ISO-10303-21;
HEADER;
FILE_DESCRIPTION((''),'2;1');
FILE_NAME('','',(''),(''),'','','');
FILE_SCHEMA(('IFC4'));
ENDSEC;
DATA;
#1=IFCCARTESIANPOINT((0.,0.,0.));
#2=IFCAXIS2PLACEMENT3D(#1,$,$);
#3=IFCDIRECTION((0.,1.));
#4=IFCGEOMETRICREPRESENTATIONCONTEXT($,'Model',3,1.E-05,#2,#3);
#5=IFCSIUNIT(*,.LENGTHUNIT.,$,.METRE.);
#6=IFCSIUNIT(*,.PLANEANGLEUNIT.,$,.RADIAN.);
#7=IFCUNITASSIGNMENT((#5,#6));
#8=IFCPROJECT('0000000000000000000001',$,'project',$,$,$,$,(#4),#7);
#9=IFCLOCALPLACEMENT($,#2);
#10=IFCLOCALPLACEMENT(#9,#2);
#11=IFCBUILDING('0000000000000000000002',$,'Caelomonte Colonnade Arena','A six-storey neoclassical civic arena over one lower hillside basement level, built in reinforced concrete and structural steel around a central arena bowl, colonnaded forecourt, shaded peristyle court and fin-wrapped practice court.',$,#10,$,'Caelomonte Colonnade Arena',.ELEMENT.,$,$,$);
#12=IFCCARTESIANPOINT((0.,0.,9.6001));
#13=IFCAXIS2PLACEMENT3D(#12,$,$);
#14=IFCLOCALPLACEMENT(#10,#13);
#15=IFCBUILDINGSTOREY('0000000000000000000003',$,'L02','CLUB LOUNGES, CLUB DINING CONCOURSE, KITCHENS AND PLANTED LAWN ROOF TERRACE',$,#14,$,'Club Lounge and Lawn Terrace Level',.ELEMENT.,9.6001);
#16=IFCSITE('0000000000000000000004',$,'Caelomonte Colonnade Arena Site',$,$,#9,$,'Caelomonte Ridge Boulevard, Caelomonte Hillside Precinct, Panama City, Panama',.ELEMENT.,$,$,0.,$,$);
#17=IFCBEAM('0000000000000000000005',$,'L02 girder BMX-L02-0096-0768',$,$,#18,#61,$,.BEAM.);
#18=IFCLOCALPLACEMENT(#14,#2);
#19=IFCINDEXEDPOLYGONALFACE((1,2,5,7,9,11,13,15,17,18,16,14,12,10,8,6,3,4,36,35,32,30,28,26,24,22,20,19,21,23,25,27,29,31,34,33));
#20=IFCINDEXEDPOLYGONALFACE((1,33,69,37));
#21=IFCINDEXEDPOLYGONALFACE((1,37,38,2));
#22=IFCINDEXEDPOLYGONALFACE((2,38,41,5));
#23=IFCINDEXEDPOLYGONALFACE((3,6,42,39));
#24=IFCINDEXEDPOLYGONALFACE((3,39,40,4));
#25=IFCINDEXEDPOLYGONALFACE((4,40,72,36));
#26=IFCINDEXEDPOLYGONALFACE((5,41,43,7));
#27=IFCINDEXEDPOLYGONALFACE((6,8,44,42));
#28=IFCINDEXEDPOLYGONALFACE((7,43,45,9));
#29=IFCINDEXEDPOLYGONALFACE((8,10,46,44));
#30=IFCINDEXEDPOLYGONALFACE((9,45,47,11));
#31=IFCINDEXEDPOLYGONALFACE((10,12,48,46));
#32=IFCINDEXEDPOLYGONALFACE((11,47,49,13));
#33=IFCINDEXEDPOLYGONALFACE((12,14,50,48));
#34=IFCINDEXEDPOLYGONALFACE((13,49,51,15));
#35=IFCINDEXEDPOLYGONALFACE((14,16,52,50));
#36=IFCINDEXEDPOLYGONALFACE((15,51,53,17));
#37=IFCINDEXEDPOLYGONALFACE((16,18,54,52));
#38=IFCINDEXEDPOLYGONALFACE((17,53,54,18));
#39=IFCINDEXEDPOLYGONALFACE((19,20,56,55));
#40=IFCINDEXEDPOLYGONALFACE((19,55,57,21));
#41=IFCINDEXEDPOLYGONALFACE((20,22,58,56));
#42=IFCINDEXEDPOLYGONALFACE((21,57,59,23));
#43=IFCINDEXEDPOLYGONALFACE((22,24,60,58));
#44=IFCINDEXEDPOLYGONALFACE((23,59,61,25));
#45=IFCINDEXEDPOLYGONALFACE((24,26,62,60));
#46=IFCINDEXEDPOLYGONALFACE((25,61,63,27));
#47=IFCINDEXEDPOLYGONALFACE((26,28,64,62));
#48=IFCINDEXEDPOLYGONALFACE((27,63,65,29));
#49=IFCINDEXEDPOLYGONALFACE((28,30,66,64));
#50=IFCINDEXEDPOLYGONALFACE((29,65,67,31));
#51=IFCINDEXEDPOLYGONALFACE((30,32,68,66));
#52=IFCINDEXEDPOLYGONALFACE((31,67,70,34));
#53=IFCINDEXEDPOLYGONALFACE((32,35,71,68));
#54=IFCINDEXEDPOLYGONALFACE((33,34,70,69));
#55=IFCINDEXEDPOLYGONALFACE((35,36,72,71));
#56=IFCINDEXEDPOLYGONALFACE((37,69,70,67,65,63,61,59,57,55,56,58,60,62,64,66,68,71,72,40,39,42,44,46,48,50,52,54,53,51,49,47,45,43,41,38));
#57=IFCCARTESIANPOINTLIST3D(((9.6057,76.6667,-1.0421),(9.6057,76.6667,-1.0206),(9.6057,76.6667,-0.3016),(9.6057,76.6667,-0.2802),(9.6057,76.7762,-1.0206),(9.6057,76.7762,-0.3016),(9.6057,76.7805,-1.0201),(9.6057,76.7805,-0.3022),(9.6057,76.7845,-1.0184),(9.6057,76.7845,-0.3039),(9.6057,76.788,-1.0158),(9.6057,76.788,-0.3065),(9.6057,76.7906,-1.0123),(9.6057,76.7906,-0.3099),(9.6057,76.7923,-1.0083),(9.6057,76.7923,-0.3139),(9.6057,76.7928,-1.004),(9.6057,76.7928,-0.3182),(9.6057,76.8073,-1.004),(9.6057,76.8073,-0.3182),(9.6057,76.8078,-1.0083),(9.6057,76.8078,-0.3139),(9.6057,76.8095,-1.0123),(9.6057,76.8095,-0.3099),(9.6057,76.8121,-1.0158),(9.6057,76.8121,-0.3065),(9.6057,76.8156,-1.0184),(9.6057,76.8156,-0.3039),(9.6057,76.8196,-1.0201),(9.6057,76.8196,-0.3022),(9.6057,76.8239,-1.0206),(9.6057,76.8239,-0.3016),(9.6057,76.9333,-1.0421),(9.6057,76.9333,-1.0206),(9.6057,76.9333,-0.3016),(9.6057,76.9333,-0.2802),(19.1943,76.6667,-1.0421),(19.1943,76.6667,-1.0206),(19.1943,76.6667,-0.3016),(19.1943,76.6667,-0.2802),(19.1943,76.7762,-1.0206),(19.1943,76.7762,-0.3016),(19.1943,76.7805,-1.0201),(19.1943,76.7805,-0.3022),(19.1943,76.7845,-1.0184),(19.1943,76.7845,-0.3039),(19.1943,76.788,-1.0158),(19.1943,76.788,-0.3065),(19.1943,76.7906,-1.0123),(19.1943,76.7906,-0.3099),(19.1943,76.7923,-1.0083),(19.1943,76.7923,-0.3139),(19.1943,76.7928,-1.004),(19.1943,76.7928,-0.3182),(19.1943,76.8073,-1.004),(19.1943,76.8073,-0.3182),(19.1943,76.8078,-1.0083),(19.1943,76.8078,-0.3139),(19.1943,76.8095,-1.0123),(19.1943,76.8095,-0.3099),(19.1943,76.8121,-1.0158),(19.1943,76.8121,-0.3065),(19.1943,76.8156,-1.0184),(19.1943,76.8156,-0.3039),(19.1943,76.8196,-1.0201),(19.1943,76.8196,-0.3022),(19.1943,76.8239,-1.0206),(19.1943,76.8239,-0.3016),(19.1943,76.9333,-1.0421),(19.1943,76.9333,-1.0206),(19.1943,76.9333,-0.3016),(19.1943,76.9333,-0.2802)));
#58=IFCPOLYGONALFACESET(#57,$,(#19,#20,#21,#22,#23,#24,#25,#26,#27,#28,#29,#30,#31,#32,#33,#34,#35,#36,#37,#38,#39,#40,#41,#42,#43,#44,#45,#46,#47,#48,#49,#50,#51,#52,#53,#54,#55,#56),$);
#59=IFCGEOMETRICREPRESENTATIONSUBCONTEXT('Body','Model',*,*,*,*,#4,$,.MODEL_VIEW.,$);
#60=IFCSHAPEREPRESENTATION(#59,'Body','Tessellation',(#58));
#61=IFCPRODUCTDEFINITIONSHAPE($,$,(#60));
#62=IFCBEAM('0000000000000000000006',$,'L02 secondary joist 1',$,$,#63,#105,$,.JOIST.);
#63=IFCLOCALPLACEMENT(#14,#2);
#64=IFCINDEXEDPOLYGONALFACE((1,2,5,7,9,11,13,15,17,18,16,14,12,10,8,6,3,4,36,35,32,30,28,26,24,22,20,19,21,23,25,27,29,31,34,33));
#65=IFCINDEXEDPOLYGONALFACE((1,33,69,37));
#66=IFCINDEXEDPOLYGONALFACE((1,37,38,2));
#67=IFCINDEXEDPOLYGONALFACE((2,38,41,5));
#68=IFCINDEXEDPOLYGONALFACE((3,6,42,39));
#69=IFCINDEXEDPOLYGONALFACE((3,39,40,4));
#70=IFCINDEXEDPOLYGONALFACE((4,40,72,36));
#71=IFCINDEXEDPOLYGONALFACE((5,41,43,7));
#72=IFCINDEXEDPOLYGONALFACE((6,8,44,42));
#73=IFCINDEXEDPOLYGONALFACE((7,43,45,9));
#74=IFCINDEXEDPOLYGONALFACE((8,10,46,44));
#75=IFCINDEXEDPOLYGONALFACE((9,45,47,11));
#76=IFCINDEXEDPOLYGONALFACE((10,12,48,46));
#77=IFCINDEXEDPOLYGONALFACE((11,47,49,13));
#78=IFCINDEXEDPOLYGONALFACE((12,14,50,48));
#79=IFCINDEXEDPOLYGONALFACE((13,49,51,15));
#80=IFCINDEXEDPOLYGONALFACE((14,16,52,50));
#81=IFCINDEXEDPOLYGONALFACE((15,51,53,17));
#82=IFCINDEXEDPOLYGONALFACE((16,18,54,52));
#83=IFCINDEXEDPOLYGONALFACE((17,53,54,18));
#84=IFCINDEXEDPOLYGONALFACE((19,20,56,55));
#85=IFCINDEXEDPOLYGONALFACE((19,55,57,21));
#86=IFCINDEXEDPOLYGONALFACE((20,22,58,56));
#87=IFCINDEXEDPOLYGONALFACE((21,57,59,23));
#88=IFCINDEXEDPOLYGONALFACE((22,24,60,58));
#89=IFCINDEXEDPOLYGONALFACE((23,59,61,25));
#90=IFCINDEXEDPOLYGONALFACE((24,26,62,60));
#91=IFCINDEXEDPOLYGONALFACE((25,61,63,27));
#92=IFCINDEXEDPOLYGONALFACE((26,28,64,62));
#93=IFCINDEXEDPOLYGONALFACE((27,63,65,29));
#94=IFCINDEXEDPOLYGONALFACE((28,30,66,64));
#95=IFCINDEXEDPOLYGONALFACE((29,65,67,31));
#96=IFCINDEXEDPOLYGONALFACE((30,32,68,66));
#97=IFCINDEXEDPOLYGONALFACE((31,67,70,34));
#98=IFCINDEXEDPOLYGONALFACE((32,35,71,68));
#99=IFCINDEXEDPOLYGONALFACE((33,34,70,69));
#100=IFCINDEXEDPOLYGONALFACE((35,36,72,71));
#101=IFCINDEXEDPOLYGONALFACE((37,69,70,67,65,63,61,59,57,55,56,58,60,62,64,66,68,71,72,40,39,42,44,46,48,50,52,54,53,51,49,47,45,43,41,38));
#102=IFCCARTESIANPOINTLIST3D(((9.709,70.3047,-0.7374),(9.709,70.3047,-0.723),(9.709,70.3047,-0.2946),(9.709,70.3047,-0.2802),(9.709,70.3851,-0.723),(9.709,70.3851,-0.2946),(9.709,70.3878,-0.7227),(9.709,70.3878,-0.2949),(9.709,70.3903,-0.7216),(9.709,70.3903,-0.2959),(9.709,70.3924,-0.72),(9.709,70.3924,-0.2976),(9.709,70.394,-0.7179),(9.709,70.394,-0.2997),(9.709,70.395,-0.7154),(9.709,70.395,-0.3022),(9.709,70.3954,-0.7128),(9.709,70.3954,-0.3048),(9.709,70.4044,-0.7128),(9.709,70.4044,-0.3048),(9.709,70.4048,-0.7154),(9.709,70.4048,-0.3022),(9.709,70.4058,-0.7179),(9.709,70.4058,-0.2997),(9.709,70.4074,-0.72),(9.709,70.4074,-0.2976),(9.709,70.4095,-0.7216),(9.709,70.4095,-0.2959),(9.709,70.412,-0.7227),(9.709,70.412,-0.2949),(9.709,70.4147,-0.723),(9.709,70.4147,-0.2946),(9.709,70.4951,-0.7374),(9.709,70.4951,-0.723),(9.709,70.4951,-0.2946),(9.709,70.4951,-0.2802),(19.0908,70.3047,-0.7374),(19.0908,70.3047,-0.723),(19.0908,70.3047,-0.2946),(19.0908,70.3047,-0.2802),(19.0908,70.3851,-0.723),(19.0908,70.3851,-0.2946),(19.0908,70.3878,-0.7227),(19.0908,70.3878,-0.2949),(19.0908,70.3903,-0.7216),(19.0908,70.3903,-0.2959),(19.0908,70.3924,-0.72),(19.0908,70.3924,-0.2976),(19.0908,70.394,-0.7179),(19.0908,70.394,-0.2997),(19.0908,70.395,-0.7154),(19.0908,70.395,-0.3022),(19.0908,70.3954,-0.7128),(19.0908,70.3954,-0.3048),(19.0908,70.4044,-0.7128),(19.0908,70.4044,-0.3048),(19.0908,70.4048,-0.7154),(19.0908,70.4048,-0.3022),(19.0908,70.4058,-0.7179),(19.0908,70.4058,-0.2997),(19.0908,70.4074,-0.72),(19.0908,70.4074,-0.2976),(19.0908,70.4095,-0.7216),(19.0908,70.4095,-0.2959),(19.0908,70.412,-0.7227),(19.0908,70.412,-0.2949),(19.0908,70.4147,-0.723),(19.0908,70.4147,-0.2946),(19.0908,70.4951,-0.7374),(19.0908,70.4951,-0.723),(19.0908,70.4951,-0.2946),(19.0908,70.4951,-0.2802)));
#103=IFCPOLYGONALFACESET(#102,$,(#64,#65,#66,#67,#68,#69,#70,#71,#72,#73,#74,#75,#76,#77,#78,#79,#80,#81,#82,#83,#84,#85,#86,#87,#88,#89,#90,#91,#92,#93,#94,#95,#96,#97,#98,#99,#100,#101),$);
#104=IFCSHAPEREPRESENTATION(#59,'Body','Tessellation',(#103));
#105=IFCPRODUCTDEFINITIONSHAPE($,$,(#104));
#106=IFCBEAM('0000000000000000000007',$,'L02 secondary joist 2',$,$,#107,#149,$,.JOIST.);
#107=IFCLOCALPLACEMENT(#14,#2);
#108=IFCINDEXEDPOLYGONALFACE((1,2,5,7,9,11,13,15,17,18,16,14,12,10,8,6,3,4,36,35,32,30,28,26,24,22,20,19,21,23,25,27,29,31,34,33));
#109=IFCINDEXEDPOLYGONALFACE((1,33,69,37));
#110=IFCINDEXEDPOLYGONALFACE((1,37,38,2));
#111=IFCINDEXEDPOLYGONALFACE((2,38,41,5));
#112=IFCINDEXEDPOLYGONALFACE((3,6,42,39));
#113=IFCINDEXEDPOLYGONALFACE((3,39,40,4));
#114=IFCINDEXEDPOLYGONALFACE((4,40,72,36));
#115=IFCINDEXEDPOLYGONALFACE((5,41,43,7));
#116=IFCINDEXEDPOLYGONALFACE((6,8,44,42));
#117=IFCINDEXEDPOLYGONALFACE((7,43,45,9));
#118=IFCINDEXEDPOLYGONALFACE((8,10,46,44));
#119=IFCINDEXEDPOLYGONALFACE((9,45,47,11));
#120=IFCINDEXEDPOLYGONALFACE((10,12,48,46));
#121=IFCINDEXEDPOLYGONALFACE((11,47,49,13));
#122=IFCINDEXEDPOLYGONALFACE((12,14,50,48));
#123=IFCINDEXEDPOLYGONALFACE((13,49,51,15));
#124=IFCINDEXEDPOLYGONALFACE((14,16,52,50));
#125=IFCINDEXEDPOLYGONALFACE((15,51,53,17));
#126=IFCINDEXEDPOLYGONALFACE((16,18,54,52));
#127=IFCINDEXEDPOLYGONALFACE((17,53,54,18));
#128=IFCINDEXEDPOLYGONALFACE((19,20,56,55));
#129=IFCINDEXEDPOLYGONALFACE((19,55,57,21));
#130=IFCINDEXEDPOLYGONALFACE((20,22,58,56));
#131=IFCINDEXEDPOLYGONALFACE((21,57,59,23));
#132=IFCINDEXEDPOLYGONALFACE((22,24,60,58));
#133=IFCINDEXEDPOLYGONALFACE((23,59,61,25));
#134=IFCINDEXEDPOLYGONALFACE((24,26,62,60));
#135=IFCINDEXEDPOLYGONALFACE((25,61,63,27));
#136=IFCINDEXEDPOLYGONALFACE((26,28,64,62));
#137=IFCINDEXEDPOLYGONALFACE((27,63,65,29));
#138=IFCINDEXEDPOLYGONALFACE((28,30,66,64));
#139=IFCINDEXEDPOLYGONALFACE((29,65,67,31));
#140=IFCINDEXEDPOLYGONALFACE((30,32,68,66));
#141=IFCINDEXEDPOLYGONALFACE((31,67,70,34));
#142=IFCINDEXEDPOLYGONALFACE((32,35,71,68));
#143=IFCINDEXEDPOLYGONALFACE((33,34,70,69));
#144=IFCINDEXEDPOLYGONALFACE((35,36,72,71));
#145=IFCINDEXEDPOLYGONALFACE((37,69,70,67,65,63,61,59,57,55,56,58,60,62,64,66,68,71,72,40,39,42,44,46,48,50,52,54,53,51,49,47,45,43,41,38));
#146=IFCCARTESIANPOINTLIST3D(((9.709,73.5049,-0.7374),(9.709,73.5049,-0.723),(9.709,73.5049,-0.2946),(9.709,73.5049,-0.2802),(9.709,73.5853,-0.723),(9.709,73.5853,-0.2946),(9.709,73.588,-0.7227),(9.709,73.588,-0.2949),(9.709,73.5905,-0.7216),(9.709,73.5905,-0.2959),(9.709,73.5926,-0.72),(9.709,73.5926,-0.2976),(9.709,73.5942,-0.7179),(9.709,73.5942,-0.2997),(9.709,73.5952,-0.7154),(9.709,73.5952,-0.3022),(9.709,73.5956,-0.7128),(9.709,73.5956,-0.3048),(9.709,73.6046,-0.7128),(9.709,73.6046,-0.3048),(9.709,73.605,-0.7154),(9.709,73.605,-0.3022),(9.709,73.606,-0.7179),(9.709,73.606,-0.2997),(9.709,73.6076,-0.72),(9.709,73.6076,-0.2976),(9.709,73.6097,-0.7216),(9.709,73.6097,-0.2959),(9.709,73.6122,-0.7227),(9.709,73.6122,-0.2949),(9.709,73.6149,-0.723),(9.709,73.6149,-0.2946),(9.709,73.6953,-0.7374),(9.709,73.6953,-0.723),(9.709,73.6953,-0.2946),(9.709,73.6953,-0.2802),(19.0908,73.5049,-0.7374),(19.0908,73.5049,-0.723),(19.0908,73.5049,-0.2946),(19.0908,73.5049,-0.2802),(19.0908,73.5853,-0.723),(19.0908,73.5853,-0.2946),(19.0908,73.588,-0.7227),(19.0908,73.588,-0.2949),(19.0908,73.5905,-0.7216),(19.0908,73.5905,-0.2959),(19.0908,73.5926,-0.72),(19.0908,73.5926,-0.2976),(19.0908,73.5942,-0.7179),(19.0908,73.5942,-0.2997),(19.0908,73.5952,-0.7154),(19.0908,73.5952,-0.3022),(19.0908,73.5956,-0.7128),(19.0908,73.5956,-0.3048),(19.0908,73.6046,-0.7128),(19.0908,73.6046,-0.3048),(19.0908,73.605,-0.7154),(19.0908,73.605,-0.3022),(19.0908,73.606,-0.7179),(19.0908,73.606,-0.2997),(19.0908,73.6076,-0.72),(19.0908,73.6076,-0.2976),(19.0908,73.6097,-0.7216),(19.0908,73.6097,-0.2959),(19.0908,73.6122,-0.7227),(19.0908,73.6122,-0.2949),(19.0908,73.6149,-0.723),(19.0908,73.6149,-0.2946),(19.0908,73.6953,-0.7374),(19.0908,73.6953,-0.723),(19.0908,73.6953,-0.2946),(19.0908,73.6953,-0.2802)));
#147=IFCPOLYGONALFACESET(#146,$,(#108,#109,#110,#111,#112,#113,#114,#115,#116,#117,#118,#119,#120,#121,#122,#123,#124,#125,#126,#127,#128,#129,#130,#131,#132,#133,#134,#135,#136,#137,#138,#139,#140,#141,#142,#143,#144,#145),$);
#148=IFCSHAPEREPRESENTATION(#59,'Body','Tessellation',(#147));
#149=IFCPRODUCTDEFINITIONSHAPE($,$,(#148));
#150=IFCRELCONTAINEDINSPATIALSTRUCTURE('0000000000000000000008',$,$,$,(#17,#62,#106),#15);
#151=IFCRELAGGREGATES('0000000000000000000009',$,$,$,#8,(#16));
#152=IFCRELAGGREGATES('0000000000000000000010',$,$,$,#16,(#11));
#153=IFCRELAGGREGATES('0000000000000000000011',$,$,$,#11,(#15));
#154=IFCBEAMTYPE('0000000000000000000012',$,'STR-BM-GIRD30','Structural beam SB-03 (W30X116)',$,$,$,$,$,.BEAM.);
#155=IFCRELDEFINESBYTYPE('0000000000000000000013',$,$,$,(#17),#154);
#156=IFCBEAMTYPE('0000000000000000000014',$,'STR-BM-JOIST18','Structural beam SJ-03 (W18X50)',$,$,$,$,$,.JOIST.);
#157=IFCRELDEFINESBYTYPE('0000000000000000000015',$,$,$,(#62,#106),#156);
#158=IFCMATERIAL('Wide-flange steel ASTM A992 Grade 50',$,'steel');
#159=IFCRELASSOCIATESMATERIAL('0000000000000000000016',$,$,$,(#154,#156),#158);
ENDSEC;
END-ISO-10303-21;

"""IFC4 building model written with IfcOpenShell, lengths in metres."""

from ifc_helpers import new_model, si_unit, direction, frame, origin, origin_2d, place, context, subcontext, project, spatial, i_section, extrude, material, material_profile, profile_set, type_object, element, save


model = new_model("IFC4")

# Units and contexts
model_context = context("Model", 3, precision=1e-05, world=origin(), true_north=direction((0.0, 1.0)))
body_context = subcontext(model_context, "Body", "Model", "MODEL_VIEW")
ifc_project = project(units=[si_unit("LENGTHUNIT", "METRE"), si_unit("PLANEANGLEUNIT", "RADIAN")], contexts=[model_context])

# Site, building, storey
site_placement = place(None, origin())
site = spatial("IfcSite", under=ifc_project, at=site_placement, Name="Caelomonte Colonnade Arena Site", LongName="Caelomonte Ridge Boulevard, Caelomonte Hillside Precinct, Panama City, Panama", CompositionType="ELEMENT", RefElevation=0.0)
building_placement = place(site_placement, origin())
building = spatial("IfcBuilding", under=site, at=building_placement, Name="Caelomonte Colonnade Arena", Description="A six-storey neoclassical civic arena over one lower hillside basement level, built in reinforced concrete and structural steel around a central arena bowl, colonnaded forecourt, shaded peristyle court and fin-wrapped practice court.", LongName="Caelomonte Colonnade Arena", CompositionType="ELEMENT")
storey_placement = place(building_placement, frame((0.0, 0.0, 9.6001)))
storey = spatial("IfcBuildingStorey", under=building, at=storey_placement, Name="L02", Description="CLUB LOUNGES, CLUB DINING CONCOURSE, KITCHENS AND PLANTED LAWN ROOF TERRACE", LongName="Club Lounge and Lawn Terrace Level", CompositionType="ELEMENT", Elevation=9.6001)

# Beams
ifc_material_1 = material(Name="Wide-flange steel ASTM A992 Grade 50", Category="steel")
ifc_material_profile_1 = material_profile(ifc_material_1, i_section(OverallWidth=0.2666, OverallDepth=0.762, WebThickness=0.0144, FlangeThickness=0.0215, FilletRadius=0.0166, at=origin_2d()), Name="W30X116")
ifc_profile_set_1 = profile_set([ifc_material_profile_1], Name="Wide-flange steel ASTM A992 Grade 50")
beam_type_1 = type_object("IfcBeamType", Name="STR-BM-GIRD30", Description="Structural beam SB-03 (W30X116)", PredefinedType="BEAM", material=ifc_profile_set_1)
beam_placement = place(storey_placement, frame((9.6057, 76.8, -0.6611), z_axis=(1.0, 0.0, 0.0), x_axis=(0.0, 1.0, 0.0)))
element("IfcBeam", 1, at=beam_placement, inside=storey, type_object=beam_type_1, Name="L02 girder BMX-L02-0096-0768", PredefinedType="BEAM", context=body_context, shape_type="SweptSolid", body=[
    extrude(i_section(OverallWidth=0.2666, OverallDepth=0.762, WebThickness=0.0144, FlangeThickness=0.0215, FilletRadius=0.0166, at=origin_2d()), origin(), (0.0, 0.0, 1.0), 9.5886),
])
ifc_material_profile_2 = material_profile(ifc_material_1, i_section(OverallWidth=0.1904, OverallDepth=0.4573, WebThickness=0.009, FlangeThickness=0.0144, FilletRadius=0.0103, at=origin_2d()), Name="W18X50")
ifc_profile_set_2 = profile_set([ifc_material_profile_2], Name="Wide-flange steel ASTM A992 Grade 50")
beam_type_2 = type_object("IfcBeamType", Name="STR-BM-JOIST18", Description="Structural beam SJ-03 (W18X50)", PredefinedType="JOIST", material=ifc_profile_set_2)
for number, where, z_axis, x_axis, name in (
    (2, (9.709, 70.3999, -0.5088), (1.0, 0.0, 0.0), (0.0, 1.0, 0.0), "L02 secondary joist 1"),
    (3, (9.709, 73.6001, -0.5088), (1.0, 0.0, 0.0), (0.0, 1.0, 0.0), "L02 secondary joist 2"),
):
    element("IfcBeam", number, at=place(storey_placement, frame(where, z_axis=z_axis, x_axis=x_axis)), inside=storey, type_object=beam_type_2, Name=name, PredefinedType="JOIST", context=body_context, shape_type="SweptSolid", body=[
        extrude(i_section(OverallWidth=0.1904, OverallDepth=0.4573, WebThickness=0.009, FlangeThickness=0.0144, FilletRadius=0.0103, at=origin_2d()), origin(), (0.0, 0.0, 1.0), 9.3818),
    ])

save(model, "model.ifc")
